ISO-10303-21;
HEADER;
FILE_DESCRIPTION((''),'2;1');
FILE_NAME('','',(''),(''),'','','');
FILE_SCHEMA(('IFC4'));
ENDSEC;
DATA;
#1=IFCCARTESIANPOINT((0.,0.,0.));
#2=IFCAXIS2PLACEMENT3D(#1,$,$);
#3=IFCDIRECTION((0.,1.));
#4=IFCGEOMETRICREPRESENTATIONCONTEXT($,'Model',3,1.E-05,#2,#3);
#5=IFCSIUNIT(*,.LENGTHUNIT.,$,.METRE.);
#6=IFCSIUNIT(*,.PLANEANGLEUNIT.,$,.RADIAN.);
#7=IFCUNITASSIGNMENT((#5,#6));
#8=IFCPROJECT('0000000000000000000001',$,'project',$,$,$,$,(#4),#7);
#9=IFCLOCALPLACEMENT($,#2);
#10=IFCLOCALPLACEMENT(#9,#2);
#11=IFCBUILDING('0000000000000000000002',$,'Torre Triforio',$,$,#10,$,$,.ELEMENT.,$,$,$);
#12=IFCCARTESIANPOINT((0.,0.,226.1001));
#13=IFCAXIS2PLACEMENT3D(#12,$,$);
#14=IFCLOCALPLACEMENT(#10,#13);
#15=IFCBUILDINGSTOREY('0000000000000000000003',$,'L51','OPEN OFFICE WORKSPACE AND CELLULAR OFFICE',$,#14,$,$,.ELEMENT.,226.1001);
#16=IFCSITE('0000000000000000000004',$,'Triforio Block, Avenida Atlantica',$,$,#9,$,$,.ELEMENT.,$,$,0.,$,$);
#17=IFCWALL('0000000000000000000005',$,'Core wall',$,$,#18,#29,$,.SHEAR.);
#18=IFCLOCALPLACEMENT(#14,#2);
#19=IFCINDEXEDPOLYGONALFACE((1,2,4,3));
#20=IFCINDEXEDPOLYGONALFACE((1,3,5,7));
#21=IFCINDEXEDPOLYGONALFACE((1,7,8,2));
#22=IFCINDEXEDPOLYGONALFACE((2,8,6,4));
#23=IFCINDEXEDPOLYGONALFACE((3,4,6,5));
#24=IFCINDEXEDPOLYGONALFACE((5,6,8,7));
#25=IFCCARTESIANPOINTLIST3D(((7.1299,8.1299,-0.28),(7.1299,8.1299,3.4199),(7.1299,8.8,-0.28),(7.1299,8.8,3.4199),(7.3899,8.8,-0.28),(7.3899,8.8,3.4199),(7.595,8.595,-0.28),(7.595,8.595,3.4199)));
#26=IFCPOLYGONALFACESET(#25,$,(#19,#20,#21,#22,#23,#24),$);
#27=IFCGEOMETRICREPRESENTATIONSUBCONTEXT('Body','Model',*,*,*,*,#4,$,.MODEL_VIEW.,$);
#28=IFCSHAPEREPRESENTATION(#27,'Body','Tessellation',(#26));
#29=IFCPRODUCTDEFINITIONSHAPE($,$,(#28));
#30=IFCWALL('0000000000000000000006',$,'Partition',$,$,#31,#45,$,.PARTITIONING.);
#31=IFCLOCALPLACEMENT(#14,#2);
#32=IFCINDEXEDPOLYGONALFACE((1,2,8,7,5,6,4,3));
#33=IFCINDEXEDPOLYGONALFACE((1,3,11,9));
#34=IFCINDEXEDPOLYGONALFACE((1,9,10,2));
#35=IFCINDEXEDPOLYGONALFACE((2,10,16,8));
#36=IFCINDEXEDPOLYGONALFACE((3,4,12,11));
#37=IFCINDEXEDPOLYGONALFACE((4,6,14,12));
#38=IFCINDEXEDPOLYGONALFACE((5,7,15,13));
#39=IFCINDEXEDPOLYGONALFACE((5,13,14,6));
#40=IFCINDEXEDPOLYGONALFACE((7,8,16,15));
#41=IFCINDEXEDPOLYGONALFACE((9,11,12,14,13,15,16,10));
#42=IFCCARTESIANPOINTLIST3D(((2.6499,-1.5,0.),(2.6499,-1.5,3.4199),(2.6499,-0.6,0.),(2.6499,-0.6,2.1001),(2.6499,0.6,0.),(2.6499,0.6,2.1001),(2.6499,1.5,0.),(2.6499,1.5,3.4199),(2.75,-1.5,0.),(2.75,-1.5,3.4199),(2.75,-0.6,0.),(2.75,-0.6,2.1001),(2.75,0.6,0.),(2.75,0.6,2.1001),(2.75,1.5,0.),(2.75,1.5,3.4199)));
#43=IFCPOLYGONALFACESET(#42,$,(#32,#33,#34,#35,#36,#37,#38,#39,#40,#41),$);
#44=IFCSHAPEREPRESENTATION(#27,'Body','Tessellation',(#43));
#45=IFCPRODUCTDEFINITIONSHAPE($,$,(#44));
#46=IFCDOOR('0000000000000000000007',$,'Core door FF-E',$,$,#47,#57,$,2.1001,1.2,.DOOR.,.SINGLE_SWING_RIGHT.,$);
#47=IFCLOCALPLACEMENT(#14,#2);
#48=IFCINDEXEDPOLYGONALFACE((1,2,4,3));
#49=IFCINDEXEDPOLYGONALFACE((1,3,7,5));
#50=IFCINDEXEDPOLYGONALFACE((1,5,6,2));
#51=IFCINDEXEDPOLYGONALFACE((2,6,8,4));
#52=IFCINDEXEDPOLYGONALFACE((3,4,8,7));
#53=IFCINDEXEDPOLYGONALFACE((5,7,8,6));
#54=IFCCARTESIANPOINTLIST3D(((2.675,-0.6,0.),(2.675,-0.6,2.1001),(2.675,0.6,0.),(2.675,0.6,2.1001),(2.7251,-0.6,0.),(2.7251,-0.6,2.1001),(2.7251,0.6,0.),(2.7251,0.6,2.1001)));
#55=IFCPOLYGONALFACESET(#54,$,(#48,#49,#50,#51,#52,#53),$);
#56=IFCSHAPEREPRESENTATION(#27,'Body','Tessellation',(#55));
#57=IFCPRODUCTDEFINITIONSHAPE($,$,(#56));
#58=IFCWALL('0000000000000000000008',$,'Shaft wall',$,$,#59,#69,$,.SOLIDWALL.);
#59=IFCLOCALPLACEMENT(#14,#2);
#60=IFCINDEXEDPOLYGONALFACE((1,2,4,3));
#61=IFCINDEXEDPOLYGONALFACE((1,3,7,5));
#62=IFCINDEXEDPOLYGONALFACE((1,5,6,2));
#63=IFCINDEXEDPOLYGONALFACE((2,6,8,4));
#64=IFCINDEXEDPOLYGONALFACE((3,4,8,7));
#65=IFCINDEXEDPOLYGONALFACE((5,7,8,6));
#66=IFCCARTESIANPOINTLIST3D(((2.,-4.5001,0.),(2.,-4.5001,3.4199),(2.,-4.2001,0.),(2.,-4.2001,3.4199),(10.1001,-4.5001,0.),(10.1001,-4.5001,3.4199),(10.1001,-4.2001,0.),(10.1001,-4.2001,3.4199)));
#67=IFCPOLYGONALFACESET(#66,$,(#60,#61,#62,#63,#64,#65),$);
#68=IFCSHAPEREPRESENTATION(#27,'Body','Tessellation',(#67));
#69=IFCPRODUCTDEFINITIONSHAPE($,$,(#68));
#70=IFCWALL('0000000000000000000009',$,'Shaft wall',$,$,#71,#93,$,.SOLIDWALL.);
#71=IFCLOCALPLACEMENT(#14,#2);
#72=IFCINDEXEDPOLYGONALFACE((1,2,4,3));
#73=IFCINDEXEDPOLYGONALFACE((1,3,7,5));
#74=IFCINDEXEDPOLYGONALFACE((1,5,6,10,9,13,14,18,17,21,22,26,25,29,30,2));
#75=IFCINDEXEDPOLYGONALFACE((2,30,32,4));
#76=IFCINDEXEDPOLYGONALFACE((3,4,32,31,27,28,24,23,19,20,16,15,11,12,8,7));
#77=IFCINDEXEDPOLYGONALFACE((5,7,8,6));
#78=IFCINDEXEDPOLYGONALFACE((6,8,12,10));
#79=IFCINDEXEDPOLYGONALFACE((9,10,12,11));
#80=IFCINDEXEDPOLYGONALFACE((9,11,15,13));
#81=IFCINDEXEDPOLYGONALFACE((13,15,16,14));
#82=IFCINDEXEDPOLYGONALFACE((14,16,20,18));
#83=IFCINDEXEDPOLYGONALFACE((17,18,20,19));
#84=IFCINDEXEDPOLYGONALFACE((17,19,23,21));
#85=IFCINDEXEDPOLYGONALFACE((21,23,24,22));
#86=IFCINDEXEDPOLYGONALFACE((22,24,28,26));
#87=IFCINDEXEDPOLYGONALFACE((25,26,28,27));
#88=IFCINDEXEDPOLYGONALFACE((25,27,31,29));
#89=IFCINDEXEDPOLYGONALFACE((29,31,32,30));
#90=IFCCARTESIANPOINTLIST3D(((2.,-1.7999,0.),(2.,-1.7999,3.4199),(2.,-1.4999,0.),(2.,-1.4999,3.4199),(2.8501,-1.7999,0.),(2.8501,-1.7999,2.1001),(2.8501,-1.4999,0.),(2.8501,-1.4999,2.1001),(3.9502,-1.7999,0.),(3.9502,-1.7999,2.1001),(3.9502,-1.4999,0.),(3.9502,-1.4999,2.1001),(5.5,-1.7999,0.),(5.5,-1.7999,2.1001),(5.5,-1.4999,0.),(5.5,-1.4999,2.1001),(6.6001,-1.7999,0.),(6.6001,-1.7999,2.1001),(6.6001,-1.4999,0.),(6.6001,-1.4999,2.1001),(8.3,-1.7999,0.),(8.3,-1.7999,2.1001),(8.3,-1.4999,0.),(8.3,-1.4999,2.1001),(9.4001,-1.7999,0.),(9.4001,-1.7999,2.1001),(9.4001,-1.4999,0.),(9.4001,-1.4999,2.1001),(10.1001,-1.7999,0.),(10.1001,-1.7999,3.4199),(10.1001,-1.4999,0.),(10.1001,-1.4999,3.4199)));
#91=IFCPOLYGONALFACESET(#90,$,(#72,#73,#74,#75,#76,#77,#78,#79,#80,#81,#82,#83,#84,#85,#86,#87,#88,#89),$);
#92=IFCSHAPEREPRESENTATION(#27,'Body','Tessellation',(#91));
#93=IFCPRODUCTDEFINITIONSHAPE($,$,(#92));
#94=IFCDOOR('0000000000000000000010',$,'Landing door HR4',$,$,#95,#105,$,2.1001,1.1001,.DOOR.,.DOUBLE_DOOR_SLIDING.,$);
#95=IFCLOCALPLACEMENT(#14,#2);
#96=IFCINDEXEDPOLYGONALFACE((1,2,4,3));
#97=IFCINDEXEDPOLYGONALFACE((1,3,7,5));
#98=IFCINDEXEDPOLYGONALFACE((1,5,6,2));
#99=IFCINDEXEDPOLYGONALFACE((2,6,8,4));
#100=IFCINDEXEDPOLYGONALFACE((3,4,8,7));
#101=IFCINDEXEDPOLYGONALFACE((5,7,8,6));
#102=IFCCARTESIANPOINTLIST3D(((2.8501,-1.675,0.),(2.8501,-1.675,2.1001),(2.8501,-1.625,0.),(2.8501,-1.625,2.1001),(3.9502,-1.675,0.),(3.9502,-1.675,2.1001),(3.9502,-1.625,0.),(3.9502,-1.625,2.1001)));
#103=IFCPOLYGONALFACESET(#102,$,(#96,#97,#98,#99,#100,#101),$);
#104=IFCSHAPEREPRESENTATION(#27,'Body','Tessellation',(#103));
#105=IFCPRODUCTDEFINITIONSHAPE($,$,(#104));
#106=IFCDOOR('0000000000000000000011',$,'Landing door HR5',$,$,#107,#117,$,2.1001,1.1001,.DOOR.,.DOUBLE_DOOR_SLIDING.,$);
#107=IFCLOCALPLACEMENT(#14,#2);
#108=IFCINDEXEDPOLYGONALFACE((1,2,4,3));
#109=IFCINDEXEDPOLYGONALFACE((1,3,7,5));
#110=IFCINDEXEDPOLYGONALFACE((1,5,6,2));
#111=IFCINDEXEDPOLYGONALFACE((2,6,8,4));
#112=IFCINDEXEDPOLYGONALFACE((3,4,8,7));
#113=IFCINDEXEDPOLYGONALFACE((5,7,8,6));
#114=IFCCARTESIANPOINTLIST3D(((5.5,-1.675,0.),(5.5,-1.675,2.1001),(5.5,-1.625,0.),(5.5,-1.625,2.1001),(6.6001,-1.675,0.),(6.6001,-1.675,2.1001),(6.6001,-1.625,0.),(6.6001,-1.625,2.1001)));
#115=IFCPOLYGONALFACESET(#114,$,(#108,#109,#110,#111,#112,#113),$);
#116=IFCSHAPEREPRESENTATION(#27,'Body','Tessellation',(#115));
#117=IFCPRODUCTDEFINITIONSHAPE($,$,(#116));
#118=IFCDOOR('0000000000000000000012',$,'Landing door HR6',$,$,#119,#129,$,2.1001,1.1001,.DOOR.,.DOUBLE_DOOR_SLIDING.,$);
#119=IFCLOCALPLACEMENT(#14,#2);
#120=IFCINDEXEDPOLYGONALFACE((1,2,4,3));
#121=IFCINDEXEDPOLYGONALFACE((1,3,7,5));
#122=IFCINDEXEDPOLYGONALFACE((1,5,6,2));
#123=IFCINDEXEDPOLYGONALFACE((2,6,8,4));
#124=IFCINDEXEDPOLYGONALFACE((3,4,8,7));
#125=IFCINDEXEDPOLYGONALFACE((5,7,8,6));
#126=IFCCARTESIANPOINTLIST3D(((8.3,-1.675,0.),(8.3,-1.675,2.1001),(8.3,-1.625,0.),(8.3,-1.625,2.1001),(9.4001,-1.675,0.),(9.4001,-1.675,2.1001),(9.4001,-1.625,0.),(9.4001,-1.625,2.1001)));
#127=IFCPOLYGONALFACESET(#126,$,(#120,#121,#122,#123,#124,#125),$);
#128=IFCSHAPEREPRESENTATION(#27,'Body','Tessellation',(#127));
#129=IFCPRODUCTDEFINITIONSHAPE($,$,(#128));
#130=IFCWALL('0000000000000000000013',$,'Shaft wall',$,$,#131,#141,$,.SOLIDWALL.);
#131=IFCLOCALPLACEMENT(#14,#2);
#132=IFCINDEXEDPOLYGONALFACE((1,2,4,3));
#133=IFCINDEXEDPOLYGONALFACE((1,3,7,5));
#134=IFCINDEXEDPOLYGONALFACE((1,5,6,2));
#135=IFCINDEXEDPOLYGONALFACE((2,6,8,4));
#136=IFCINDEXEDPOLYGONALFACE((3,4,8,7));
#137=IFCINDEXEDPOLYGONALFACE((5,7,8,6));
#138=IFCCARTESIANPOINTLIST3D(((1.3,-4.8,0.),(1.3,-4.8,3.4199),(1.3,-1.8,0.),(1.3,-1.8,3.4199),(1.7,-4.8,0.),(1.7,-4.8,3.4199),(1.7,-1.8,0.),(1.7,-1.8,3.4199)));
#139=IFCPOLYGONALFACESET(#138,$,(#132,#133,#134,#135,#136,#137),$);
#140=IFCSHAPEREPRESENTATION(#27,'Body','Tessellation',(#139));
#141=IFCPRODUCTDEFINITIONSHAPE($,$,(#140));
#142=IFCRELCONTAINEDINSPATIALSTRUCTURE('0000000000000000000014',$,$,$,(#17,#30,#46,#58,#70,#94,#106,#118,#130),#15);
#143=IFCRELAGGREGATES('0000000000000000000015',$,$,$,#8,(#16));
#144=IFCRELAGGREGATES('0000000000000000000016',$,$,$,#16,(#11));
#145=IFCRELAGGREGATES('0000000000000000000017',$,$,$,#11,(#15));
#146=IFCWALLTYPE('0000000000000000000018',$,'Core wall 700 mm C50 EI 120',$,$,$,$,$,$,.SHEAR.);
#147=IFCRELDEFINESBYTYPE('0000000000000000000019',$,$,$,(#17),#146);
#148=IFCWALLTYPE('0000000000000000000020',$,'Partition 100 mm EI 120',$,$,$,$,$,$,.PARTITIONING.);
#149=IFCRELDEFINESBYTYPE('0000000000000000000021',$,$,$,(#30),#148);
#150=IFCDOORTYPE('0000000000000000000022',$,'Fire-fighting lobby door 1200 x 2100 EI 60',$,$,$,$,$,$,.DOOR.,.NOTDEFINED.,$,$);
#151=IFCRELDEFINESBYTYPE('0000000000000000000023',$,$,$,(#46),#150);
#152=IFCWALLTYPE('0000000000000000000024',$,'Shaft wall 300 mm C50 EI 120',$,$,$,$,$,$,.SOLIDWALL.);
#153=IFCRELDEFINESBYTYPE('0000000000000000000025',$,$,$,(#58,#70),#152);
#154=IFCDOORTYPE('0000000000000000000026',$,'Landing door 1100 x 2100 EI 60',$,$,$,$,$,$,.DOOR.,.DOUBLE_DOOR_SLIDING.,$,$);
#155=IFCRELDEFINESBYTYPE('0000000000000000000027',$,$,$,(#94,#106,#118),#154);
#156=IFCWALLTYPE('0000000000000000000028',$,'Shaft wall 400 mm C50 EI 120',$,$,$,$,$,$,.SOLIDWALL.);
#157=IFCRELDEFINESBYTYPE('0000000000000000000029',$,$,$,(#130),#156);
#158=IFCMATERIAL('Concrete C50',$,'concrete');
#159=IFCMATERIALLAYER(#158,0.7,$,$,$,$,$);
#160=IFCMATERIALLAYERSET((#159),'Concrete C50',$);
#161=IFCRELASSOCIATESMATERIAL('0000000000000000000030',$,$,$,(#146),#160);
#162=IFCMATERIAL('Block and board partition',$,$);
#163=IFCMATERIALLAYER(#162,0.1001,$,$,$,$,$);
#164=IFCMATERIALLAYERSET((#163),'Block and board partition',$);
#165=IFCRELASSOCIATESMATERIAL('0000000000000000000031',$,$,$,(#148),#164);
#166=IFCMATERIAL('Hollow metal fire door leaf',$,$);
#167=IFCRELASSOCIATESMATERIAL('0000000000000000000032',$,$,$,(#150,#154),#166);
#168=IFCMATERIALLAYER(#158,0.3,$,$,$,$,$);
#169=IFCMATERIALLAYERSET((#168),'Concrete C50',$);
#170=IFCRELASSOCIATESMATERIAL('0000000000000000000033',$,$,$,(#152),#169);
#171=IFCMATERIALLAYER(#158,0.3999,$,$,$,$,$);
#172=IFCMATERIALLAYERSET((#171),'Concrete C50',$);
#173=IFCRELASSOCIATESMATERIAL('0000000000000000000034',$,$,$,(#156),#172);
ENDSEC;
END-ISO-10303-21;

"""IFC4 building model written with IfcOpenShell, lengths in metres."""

from ifc_helpers import new_model, si_unit, direction, frame, frame_2d, origin, place, context, subcontext, project, spatial, polyline, rectangle, outline, extrude, material, layer, layer_set, type_object, element, fill, save


model = new_model("IFC4")

# Units and contexts
model_context = context("Model", 3, precision=1e-05, world=origin(), true_north=direction((0.0, 1.0)))
body_context = subcontext(model_context, "Body", "Model", "MODEL_VIEW")
ifc_project = project(units=[si_unit("LENGTHUNIT", "METRE"), si_unit("PLANEANGLEUNIT", "RADIAN")], contexts=[model_context])

# Site, building, storey
site_placement = place(None, origin())
site = spatial("IfcSite", under=ifc_project, at=site_placement, Name="Triforio Block, Avenida Atlantica", CompositionType="ELEMENT", RefElevation=0.0)
building_placement = place(site_placement, origin())
building = spatial("IfcBuilding", under=site, at=building_placement, Name="Torre Triforio", CompositionType="ELEMENT")
storey_placement = place(building_placement, frame((0.0, 0.0, 226.1001)))
storey = spatial("IfcBuildingStorey", under=building, at=storey_placement, Name="L51", Description="OPEN OFFICE WORKSPACE AND CELLULAR OFFICE", CompositionType="ELEMENT", Elevation=226.1001)

# Shared definitions
ifc_material_1 = material(Name="Concrete C50", Category="concrete")

# Wall
ifc_layer_1 = layer(ifc_material_1, 0.7)
ifc_layer_set_1 = layer_set([ifc_layer_1], Name="Concrete C50")
wall_type_1 = type_object("IfcWallType", Name="Core wall 700 mm C50 EI 120", PredefinedType="SHEAR", material=ifc_layer_set_1)
wall_1_placement = place(storey_placement, frame((0.0, 0.0, -0.28)))
element("IfcWall", 1, at=wall_1_placement, inside=storey, type_object=wall_type_1, Name="Core wall", PredefinedType="SHEAR", context=body_context, shape_type="SweptSolid", body=[
    extrude(outline(polyline([(7.3899, 8.8), (7.595, 8.595), (7.595, 8.595), (7.595, 8.595), (7.1299, 8.1299), (7.1299, 8.8), (7.1299, 8.8), (7.3899, 8.8)])), origin(), (0.0, 0.0, 1.0), 3.7),
])

# Wall, opening, door
ifc_material_2 = material(Name="Block and board partition")
ifc_layer_2 = layer(ifc_material_2, 0.1001)
ifc_layer_set_2 = layer_set([ifc_layer_2], Name="Block and board partition")
wall_type_2 = type_object("IfcWallType", Name="Partition 100 mm EI 120", PredefinedType="PARTITIONING", material=ifc_layer_set_2)
wall_2_placement = place(storey_placement, frame((2.7, -1.5, 0.0), z_axis=(0.0, 0.0, 1.0), x_axis=(0.0, 1.0, 0.0)))
wall_2 = element("IfcWall", 2, at=wall_2_placement, inside=storey, type_object=wall_type_2, Name="Partition", PredefinedType="PARTITIONING", context=body_context, shape_type="SweptSolid", body=[
    extrude(rectangle(XDim=3.0, YDim=0.1001, at=frame_2d((1.5, 0.0))), origin(), (0.0, 0.0, 1.0), 3.4199),
])
opening_1_placement = place(wall_2_placement, frame((0.8999, 0.0, 0.0)))
opening_1 = element("IfcOpeningElement", 3, at=opening_1_placement, cuts=wall_2, PredefinedType="OPENING", context=body_context, shape_type="SweptSolid", body=[
    extrude(rectangle(XDim=1.2, YDim=2.1001, at=frame_2d((0.6001, 1.05))), frame((0.0, 0.0601, 0.0), z_axis=(0.0, -1.0, 0.0), x_axis=(1.0, 0.0, 0.0)), (0.0, 0.0, 1.0), 0.1201),
])
ifc_material_3 = material(Name="Hollow metal fire door leaf")
door_type_1 = type_object("IfcDoorType", Name="Fire-fighting lobby door 1200 x 2100 EI 60", OperationType="NOTDEFINED", PredefinedType="DOOR", material=ifc_material_3)
door_1_placement = place(opening_1_placement, origin())
door_1 = element("IfcDoor", 4, at=door_1_placement, inside=storey, type_object=door_type_1, Name="Core door FF-E", OperationType="SINGLE_SWING_RIGHT", OverallHeight=2.1001, OverallWidth=1.2, PredefinedType="DOOR", context=body_context, shape_type="SweptSolid", body=[
    extrude(rectangle(XDim=1.2, YDim=2.1001, at=frame_2d((0.6001, 1.05))), frame((0.0, 0.0249, 0.0), z_axis=(0.0, -1.0, 0.0), x_axis=(1.0, 0.0, 0.0)), (0.0, 0.0, 1.0), 0.05),
])
fill(opening_1, door_1)

# Wall
ifc_layer_3 = layer(ifc_material_1, 0.3)
ifc_layer_set_3 = layer_set([ifc_layer_3], Name="Concrete C50")
wall_type_3 = type_object("IfcWallType", Name="Shaft wall 300 mm C50 EI 120", PredefinedType="SOLIDWALL", material=ifc_layer_set_3)
wall_3_placement = place(storey_placement, frame((2.0, -4.3501, 0.0), z_axis=(0.0, 0.0, 1.0), x_axis=(1.0, 0.0, 0.0)))
element("IfcWall", 5, at=wall_3_placement, inside=storey, type_object=wall_type_3, Name="Shaft wall", PredefinedType="SOLIDWALL", context=body_context, shape_type="SweptSolid", body=[
    extrude(rectangle(XDim=8.1001, YDim=0.3, at=frame_2d((4.05, 0.0))), origin(), (0.0, 0.0, 1.0), 3.4199),
])

# Wall, openings, doors
wall_4_placement = place(storey_placement, frame((2.0, -1.6499, 0.0), z_axis=(0.0, 0.0, 1.0), x_axis=(1.0, 0.0, 0.0)))
wall_4 = element("IfcWall", 6, at=wall_4_placement, inside=storey, type_object=wall_type_3, Name="Shaft wall", PredefinedType="SOLIDWALL", context=body_context, shape_type="SweptSolid", body=[
    extrude(rectangle(XDim=8.1001, YDim=0.3, at=frame_2d((4.05, 0.0))), origin(), (0.0, 0.0, 1.0), 3.4199),
])
opening_2_placement = place(wall_4_placement, frame((0.8501, 0.0, 0.0)))
opening_2 = element("IfcOpeningElement", 7, at=opening_2_placement, cuts=wall_4, PredefinedType="OPENING", context=body_context, shape_type="SweptSolid", body=[
    extrude(rectangle(XDim=1.1001, YDim=2.1001, at=frame_2d((0.55, 1.05))), frame((0.0, 0.1599, 0.0), z_axis=(0.0, -1.0, 0.0), x_axis=(1.0, 0.0, 0.0)), (0.0, 0.0, 1.0), 0.3201),
])
opening_3_placement = place(wall_4_placement, frame((3.5, 0.0, 0.0)))
opening_3 = element("IfcOpeningElement", 8, at=opening_3_placement, cuts=wall_4, PredefinedType="OPENING", context=body_context, shape_type="SweptSolid", body=[
    extrude(rectangle(XDim=1.1001, YDim=2.1001, at=frame_2d((0.55, 1.05))), frame((0.0, 0.1599, 0.0), z_axis=(0.0, -1.0, 0.0), x_axis=(1.0, 0.0, 0.0)), (0.0, 0.0, 1.0), 0.3201),
])
opening_4_placement = place(wall_4_placement, frame((6.3, 0.0, 0.0)))
opening_4 = element("IfcOpeningElement", 9, at=opening_4_placement, cuts=wall_4, PredefinedType="OPENING", context=body_context, shape_type="SweptSolid", body=[
    extrude(rectangle(XDim=1.1001, YDim=2.1001, at=frame_2d((0.55, 1.05))), frame((0.0, 0.1599, 0.0), z_axis=(0.0, -1.0, 0.0), x_axis=(1.0, 0.0, 0.0)), (0.0, 0.0, 1.0), 0.3201),
])
door_type_2 = type_object("IfcDoorType", Name="Landing door 1100 x 2100 EI 60", OperationType="DOUBLE_DOOR_SLIDING", PredefinedType="DOOR", material=ifc_material_3)
door_2_placement = place(opening_2_placement, origin())
door_2 = element("IfcDoor", 10, at=door_2_placement, inside=storey, type_object=door_type_2, Name="Landing door HR4", OperationType="DOUBLE_DOOR_SLIDING", OverallHeight=2.1001, OverallWidth=1.1001, PredefinedType="DOOR", context=body_context, shape_type="SweptSolid", body=[
    extrude(rectangle(XDim=1.1001, YDim=2.1001, at=frame_2d((0.55, 1.05))), frame((0.0, 0.0249, 0.0), z_axis=(0.0, -1.0, 0.0), x_axis=(1.0, 0.0, 0.0)), (0.0, 0.0, 1.0), 0.05),
])
fill(opening_2, door_2)
door_3_placement = place(opening_3_placement, origin())
door_3 = element("IfcDoor", 11, at=door_3_placement, inside=storey, type_object=door_type_2, Name="Landing door HR5", OperationType="DOUBLE_DOOR_SLIDING", OverallHeight=2.1001, OverallWidth=1.1001, PredefinedType="DOOR", context=body_context, shape_type="SweptSolid", body=[
    extrude(rectangle(XDim=1.1001, YDim=2.1001, at=frame_2d((0.55, 1.05))), frame((0.0, 0.0249, 0.0), z_axis=(0.0, -1.0, 0.0), x_axis=(1.0, 0.0, 0.0)), (0.0, 0.0, 1.0), 0.05),
])
fill(opening_3, door_3)
door_4_placement = place(opening_4_placement, origin())
door_4 = element("IfcDoor", 12, at=door_4_placement, inside=storey, type_object=door_type_2, Name="Landing door HR6", OperationType="DOUBLE_DOOR_SLIDING", OverallHeight=2.1001, OverallWidth=1.1001, PredefinedType="DOOR", context=body_context, shape_type="SweptSolid", body=[
    extrude(rectangle(XDim=1.1001, YDim=2.1001, at=frame_2d((0.55, 1.05))), frame((0.0, 0.0249, 0.0), z_axis=(0.0, -1.0, 0.0), x_axis=(1.0, 0.0, 0.0)), (0.0, 0.0, 1.0), 0.05),
])
fill(opening_4, door_4)

# Wall
ifc_layer_4 = layer(ifc_material_1, 0.3999)
ifc_layer_set_4 = layer_set([ifc_layer_4], Name="Concrete C50")
wall_type_4 = type_object("IfcWallType", Name="Shaft wall 400 mm C50 EI 120", PredefinedType="SOLIDWALL", material=ifc_layer_set_4)
wall_5_placement = place(storey_placement, frame((1.5, -4.8, 0.0), z_axis=(0.0, 0.0, 1.0), x_axis=(0.0, 1.0, 0.0)))
element("IfcWall", 13, at=wall_5_placement, inside=storey, type_object=wall_type_4, Name="Shaft wall", PredefinedType="SOLIDWALL", context=body_context, shape_type="SweptSolid", body=[
    extrude(rectangle(XDim=3.0, YDim=0.3999, at=frame_2d((1.5, 0.0))), origin(), (0.0, 0.0, 1.0), 3.4199),
])

save(model, "model.ifc")
